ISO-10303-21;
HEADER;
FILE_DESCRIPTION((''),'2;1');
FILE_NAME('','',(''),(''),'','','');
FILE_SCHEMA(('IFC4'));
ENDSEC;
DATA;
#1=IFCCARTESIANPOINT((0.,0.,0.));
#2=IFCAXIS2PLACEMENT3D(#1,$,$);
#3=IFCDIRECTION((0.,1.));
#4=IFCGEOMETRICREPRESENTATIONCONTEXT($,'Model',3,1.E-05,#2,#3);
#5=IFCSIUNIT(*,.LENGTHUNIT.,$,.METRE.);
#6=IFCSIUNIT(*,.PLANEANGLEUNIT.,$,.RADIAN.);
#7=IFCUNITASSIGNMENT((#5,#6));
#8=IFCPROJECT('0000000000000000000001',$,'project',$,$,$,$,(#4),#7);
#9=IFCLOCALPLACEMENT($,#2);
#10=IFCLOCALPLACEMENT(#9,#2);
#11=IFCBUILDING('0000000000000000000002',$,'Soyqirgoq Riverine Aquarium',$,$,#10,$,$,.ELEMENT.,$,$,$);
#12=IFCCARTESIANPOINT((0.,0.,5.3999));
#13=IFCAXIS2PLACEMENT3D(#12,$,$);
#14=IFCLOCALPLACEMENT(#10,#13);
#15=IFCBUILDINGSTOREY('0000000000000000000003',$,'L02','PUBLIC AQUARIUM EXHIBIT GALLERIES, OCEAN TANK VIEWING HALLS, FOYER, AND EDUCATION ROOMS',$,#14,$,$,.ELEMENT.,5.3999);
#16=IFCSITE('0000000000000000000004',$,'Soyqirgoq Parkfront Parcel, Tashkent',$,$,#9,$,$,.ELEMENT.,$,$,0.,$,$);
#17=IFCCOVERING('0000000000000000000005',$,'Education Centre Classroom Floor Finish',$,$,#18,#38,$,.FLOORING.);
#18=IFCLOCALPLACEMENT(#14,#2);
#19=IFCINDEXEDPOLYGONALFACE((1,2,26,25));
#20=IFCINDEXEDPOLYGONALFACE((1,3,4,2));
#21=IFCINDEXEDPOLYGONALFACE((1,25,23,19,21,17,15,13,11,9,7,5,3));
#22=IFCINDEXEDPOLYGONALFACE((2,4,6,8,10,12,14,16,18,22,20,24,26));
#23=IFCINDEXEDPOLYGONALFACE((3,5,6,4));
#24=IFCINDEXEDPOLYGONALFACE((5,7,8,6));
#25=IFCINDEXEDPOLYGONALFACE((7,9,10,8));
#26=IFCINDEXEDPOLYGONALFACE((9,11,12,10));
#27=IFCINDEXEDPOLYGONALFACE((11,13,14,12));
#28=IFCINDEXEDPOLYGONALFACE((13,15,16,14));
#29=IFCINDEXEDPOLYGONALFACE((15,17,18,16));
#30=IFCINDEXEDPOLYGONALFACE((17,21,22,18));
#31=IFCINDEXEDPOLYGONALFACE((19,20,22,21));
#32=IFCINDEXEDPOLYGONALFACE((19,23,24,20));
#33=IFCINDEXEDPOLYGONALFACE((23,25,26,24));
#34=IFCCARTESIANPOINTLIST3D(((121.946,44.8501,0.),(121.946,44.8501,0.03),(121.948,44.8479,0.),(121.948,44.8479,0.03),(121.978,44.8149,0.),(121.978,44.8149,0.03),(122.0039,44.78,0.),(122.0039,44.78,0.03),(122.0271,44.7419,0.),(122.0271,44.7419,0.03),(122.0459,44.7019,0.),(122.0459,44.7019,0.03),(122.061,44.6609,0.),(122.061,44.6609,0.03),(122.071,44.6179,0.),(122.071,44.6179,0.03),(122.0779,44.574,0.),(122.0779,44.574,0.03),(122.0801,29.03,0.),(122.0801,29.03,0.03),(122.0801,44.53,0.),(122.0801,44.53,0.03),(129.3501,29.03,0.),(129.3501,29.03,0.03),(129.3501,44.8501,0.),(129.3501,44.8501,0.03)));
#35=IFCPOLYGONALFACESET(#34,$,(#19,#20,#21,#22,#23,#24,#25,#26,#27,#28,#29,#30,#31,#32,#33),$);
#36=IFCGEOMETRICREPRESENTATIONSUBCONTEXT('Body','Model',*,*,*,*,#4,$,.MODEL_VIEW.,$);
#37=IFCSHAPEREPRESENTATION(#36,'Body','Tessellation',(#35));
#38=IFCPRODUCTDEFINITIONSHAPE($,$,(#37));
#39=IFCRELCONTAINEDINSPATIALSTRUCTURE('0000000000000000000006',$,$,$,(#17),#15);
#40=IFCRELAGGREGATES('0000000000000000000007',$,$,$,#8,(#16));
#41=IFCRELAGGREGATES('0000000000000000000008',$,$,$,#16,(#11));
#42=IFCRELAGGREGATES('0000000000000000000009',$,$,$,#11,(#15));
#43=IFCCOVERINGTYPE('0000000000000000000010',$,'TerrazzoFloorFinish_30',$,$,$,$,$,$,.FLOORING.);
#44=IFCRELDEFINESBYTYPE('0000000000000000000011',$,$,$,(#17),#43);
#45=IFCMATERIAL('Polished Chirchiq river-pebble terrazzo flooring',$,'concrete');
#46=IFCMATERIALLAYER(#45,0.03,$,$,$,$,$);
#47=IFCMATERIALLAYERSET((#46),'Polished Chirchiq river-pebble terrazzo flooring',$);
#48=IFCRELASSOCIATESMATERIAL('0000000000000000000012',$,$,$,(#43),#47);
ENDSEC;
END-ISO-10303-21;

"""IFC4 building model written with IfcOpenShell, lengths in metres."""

from ifc_helpers import new_model, si_unit, direction, frame, origin, place, context, subcontext, project, spatial, polyline, outline, extrude, material, layer, layer_set, type_object, element, save


model = new_model("IFC4")

# Units and contexts
model_context = context("Model", 3, precision=1e-05, world=origin(), true_north=direction((0.0, 1.0)))
body_context = subcontext(model_context, "Body", "Model", "MODEL_VIEW")
ifc_project = project(units=[si_unit("LENGTHUNIT", "METRE"), si_unit("PLANEANGLEUNIT", "RADIAN")], contexts=[model_context])

# Site, building, storey
site_placement = place(None, origin())
site = spatial("IfcSite", under=ifc_project, at=site_placement, Name="Soyqirgoq Parkfront Parcel, Tashkent", CompositionType="ELEMENT", RefElevation=0.0)
building_placement = place(site_placement, origin())
building = spatial("IfcBuilding", under=site, at=building_placement, Name="Soyqirgoq Riverine Aquarium", CompositionType="ELEMENT")
storey_placement = place(building_placement, frame((0.0, 0.0, 5.3999)))
storey = spatial("IfcBuildingStorey", under=building, at=storey_placement, Name="L02", Description="PUBLIC AQUARIUM EXHIBIT GALLERIES, OCEAN TANK VIEWING HALLS, FOYER, AND EDUCATION ROOMS", CompositionType="ELEMENT", Elevation=5.3999)

# Covering
ifc_material_1 = material(Name="Polished Chirchiq river-pebble terrazzo flooring", Category="concrete")
ifc_layer_1 = layer(ifc_material_1, 0.03)
ifc_layer_set_1 = layer_set([ifc_layer_1], Name="Polished Chirchiq river-pebble terrazzo flooring")
covering_type_1 = type_object("IfcCoveringType", Name="TerrazzoFloorFinish_30", PredefinedType="FLOORING", material=ifc_layer_set_1)
covering_1_placement = place(storey_placement, origin())
element("IfcCovering", 1, at=covering_1_placement, inside=storey, type_object=covering_type_1, Name="Education Centre Classroom Floor Finish", PredefinedType="FLOORING", context=body_context, shape_type="SweptSolid", body=[
    extrude(outline(polyline([(129.3501, 44.8501), (129.3501, 29.03), (122.0801, 29.03), (122.0801, 44.53), (122.0779, 44.574), (122.071, 44.6179), (122.061, 44.6609), (122.0459, 44.7019), (122.0271, 44.7419), (122.0039, 44.78), (121.978, 44.8149), (121.948, 44.8479), (121.946, 44.8501), (129.3501, 44.8501)])), origin(), (0.0, 0.0, 1.0), 0.03),
])

save(model, "model.ifc")
